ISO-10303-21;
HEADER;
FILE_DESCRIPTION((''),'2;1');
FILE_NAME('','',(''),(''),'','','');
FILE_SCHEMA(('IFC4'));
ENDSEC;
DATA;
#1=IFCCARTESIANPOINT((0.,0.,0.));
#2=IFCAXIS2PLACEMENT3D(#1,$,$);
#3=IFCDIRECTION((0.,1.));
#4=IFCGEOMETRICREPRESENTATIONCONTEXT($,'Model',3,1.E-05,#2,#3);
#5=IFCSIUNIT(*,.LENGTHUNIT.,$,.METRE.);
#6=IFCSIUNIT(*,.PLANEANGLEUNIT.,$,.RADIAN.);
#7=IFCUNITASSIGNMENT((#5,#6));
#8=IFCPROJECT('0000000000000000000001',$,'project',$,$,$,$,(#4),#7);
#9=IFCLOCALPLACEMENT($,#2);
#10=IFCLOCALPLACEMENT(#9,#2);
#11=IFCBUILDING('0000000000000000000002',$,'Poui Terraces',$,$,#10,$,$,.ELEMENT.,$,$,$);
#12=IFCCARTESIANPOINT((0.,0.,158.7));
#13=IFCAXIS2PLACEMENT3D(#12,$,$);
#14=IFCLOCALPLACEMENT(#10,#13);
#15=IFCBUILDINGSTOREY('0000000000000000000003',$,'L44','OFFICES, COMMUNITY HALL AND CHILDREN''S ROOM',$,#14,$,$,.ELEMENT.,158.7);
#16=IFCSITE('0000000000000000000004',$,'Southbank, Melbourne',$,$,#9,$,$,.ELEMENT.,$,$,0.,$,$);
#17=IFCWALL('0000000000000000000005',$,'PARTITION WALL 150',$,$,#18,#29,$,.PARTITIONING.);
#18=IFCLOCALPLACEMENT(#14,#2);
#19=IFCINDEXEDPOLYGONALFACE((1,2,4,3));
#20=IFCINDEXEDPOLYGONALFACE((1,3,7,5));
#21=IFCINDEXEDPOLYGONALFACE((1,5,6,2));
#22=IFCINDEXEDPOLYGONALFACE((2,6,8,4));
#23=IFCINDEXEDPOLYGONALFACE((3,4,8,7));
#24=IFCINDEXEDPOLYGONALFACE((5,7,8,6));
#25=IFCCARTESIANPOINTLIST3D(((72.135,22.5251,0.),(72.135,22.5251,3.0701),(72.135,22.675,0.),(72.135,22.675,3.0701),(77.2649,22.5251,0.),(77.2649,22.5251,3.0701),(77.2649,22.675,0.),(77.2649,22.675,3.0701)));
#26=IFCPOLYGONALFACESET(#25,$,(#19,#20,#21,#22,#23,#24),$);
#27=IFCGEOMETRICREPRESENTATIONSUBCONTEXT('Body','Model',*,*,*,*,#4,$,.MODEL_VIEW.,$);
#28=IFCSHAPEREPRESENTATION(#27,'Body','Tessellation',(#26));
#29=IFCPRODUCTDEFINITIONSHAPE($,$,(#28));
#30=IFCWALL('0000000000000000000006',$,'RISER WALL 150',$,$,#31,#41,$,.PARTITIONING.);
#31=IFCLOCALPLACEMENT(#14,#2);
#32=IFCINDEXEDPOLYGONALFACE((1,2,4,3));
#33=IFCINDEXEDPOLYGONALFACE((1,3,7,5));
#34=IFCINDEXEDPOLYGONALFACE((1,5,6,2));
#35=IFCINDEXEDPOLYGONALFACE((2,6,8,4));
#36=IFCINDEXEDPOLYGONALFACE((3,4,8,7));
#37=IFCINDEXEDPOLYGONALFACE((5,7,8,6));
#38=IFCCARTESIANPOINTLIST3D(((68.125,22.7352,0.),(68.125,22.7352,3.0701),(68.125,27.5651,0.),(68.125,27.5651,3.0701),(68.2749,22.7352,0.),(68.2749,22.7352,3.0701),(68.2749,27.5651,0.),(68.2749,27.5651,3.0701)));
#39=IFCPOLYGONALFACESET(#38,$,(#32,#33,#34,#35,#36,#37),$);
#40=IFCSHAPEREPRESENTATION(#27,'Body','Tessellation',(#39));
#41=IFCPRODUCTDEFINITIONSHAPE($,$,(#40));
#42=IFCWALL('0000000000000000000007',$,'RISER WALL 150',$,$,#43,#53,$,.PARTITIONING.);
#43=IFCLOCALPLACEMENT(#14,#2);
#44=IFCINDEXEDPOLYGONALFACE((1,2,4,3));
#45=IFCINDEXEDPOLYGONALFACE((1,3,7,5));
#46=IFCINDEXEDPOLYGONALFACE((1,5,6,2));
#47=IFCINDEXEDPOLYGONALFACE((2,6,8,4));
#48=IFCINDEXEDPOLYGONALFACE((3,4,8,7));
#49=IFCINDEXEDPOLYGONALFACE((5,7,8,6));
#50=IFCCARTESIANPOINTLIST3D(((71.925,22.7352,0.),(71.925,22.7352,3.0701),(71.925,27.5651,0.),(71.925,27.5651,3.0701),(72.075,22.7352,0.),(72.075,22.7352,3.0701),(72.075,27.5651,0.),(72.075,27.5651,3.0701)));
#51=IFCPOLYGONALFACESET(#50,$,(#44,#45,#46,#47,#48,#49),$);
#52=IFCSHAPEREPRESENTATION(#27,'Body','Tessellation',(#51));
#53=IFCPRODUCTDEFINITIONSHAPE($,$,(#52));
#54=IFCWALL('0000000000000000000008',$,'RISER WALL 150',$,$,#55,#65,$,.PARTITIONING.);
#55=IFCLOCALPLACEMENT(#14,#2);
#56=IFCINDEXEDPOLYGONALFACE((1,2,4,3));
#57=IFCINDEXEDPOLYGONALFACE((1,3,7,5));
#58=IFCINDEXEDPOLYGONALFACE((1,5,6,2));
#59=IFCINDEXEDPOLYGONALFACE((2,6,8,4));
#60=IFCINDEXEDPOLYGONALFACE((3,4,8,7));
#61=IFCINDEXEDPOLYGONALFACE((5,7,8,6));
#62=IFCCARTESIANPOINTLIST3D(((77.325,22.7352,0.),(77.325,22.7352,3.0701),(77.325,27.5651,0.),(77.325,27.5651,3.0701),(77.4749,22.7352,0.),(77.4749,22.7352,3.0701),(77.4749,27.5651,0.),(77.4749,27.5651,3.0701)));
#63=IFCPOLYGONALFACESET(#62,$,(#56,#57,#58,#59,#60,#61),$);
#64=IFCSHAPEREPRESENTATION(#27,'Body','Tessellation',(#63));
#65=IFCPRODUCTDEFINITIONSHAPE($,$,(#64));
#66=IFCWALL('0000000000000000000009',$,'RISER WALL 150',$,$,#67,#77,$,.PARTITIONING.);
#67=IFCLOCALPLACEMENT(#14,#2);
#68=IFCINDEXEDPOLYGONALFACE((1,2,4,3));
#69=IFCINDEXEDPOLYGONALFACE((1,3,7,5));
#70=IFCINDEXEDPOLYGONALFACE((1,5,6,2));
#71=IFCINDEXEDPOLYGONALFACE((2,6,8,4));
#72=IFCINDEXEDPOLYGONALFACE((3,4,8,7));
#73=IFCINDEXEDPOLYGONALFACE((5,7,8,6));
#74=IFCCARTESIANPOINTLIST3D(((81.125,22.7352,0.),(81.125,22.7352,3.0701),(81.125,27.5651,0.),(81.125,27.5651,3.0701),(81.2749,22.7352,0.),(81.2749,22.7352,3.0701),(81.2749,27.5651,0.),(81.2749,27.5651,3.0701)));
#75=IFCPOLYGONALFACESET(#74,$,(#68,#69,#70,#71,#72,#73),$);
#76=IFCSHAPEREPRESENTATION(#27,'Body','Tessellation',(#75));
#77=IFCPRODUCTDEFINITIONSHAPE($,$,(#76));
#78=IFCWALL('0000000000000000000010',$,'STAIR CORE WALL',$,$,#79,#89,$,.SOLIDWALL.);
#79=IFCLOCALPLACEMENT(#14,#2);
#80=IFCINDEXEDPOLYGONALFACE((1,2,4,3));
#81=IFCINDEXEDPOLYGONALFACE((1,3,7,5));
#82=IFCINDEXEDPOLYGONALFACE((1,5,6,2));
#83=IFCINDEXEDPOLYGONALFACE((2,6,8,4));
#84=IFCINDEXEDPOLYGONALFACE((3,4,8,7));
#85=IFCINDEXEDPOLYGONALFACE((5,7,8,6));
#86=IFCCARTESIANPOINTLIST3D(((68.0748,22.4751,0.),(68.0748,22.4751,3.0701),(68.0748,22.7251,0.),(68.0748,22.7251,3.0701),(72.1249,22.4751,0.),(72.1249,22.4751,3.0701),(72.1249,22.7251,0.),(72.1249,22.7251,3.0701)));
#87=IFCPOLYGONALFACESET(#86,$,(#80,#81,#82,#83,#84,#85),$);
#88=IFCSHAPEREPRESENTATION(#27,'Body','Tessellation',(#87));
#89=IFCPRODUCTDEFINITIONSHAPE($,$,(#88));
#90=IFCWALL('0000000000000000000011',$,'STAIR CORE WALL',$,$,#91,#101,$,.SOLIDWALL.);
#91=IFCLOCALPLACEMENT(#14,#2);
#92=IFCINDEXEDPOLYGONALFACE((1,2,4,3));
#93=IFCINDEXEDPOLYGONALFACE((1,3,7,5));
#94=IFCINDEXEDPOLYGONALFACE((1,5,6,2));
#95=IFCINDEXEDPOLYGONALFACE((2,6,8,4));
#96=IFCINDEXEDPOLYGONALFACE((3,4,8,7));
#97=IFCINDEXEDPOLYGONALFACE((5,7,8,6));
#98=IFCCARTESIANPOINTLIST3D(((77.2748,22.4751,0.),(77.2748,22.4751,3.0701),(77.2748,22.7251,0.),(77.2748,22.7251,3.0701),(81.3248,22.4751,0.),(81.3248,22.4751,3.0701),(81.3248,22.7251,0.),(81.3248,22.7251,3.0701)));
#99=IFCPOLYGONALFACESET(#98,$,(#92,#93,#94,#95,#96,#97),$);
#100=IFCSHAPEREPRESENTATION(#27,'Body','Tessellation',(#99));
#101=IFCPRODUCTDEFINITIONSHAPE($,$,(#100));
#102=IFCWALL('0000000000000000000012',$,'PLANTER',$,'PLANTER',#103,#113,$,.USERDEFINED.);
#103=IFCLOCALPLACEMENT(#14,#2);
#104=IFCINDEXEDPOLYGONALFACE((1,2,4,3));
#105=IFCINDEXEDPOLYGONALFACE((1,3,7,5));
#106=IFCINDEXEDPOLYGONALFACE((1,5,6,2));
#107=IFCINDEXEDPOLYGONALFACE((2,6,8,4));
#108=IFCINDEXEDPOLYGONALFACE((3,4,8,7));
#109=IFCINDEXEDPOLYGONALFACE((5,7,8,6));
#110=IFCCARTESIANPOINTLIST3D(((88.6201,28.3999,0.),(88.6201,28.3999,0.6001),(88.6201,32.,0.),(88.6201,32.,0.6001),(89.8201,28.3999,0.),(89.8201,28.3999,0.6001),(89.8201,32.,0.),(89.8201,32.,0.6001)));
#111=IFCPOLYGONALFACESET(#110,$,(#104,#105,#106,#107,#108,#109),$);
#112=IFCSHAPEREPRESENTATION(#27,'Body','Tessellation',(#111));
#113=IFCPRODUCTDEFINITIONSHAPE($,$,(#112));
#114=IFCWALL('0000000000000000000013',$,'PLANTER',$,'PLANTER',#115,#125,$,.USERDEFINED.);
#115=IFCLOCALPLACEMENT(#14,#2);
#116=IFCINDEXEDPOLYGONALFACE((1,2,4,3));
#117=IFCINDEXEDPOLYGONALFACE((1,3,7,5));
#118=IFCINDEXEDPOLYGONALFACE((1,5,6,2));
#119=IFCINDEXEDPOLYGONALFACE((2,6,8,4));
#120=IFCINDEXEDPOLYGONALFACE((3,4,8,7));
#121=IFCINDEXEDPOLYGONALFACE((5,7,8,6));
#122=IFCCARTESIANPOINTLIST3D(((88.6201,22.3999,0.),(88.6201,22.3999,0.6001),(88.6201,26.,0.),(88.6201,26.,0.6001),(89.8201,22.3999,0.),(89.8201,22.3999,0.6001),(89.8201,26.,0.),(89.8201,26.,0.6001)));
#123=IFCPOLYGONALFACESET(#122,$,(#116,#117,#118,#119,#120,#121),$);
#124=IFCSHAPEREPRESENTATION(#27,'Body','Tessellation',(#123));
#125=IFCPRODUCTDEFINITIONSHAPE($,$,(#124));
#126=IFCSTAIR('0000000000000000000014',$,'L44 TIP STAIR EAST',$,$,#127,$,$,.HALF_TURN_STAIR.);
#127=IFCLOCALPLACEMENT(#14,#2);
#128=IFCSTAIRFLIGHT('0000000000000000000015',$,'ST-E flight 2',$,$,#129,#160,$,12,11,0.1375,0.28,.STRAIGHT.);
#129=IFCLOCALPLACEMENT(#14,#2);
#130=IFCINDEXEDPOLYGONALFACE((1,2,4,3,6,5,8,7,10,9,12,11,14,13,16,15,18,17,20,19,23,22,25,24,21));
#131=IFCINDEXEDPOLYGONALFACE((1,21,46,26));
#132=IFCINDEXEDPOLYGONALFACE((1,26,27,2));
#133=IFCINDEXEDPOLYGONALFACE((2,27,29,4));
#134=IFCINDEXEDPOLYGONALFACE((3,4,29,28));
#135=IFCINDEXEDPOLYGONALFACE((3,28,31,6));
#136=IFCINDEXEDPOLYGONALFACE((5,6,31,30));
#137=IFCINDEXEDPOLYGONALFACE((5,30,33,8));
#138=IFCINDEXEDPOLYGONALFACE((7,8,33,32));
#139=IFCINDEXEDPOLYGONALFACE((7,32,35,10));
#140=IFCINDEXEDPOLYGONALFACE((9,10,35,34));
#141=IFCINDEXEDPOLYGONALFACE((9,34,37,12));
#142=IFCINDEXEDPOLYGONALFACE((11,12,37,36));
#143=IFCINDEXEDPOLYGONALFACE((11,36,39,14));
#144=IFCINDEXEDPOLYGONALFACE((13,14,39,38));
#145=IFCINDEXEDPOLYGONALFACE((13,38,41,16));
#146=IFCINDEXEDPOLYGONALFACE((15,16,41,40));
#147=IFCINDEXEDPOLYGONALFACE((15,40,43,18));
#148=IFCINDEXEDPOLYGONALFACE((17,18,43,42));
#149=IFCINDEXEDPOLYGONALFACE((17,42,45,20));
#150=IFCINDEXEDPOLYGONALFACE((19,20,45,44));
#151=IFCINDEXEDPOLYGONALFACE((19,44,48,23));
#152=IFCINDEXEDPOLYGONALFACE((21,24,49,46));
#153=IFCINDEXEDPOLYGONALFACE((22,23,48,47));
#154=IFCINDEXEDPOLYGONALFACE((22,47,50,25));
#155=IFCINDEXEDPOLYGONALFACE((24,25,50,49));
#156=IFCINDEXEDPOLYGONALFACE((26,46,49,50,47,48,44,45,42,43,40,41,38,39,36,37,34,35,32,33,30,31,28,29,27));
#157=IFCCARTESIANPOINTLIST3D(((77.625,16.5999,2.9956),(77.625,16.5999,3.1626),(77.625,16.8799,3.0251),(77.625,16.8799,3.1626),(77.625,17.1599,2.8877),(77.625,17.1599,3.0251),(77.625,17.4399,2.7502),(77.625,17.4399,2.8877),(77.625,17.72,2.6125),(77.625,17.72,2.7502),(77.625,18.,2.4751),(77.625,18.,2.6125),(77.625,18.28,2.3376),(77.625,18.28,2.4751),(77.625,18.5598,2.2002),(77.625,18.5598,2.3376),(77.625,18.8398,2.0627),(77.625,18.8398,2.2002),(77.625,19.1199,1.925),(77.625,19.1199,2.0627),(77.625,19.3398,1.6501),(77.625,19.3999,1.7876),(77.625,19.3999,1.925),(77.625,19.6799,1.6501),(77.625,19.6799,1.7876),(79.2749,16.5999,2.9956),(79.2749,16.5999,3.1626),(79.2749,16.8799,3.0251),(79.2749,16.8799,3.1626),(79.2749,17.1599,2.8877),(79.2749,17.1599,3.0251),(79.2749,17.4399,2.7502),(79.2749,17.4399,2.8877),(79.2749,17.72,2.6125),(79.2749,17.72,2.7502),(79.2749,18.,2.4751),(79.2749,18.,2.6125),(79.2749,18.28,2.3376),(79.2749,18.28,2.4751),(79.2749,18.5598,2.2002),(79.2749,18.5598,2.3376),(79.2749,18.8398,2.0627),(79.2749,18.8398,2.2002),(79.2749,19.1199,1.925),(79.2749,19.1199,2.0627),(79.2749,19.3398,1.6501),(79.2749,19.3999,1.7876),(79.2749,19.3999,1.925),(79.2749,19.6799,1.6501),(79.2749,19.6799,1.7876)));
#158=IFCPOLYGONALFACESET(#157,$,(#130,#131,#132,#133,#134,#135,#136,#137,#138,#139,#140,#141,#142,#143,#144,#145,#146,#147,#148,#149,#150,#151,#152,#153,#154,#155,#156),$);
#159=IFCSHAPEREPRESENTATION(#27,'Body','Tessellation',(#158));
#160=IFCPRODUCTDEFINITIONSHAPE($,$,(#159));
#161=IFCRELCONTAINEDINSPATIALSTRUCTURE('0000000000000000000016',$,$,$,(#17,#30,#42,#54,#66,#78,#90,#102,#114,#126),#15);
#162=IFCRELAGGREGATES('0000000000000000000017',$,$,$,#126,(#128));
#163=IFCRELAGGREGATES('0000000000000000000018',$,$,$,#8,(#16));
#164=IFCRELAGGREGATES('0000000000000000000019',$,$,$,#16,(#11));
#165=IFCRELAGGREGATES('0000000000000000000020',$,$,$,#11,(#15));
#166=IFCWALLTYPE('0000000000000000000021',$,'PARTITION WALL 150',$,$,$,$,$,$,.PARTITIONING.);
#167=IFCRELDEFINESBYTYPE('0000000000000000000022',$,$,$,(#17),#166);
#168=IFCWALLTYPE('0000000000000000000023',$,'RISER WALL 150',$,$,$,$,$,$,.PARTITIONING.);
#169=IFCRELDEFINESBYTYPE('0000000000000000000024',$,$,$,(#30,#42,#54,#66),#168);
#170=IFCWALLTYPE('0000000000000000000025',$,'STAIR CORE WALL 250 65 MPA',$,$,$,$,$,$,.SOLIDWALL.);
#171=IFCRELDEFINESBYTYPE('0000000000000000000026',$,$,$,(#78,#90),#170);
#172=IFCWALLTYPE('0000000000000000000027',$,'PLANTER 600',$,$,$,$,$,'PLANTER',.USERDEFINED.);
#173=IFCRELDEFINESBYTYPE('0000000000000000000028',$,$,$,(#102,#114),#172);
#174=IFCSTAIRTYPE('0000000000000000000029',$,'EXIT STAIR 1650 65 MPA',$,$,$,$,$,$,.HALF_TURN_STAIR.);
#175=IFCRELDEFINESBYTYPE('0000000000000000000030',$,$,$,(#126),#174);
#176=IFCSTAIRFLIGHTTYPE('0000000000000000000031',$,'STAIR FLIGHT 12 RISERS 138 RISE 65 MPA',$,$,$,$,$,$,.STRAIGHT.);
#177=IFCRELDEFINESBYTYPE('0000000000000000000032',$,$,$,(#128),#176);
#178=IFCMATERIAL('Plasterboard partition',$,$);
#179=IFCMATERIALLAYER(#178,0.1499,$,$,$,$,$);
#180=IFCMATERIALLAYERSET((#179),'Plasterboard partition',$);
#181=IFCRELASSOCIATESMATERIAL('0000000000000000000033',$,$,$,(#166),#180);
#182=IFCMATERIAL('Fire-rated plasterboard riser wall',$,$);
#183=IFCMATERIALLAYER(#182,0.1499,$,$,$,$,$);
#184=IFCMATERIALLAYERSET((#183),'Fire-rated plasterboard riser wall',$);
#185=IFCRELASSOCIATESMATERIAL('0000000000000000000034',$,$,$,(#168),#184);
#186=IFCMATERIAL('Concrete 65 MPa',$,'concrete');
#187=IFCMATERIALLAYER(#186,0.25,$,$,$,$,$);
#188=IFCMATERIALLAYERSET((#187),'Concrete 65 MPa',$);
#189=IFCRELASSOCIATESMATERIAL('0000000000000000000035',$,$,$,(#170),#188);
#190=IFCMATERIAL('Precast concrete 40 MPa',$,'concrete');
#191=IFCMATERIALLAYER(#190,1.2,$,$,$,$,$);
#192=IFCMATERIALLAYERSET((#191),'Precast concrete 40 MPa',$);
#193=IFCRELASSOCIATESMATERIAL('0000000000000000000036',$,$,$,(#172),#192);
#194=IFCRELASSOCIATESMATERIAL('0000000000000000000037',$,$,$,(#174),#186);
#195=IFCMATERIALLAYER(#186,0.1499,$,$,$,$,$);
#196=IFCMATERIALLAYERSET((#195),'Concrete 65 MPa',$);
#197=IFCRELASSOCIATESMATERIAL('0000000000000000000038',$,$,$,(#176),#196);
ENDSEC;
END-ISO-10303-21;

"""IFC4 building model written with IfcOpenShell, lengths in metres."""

from ifc_helpers import new_model, si_unit, direction, frame, frame_2d, origin, place, context, subcontext, project, spatial, polyline, rectangle, outline, extrude, source, transform, mapped, material, layer, layer_set, type_object, element, aggregate, save


model = new_model("IFC4")

# Units and contexts
model_context = context("Model", 3, precision=1e-05, world=origin(), true_north=direction((0.0, 1.0)))
body_context = subcontext(model_context, "Body", "Model", "MODEL_VIEW")
ifc_project = project(units=[si_unit("LENGTHUNIT", "METRE"), si_unit("PLANEANGLEUNIT", "RADIAN")], contexts=[model_context])

# Site, building, storey
site_placement = place(None, origin())
site = spatial("IfcSite", under=ifc_project, at=site_placement, Name="Southbank, Melbourne", CompositionType="ELEMENT", RefElevation=0.0)
building_placement = place(site_placement, origin())
building = spatial("IfcBuilding", under=site, at=building_placement, Name="Poui Terraces", CompositionType="ELEMENT")
storey_placement = place(building_placement, frame((0.0, 0.0, 158.7)))
storey = spatial("IfcBuildingStorey", under=building, at=storey_placement, Name="L44", Description="OFFICES, COMMUNITY HALL AND CHILDREN'S ROOM", CompositionType="ELEMENT", Elevation=158.7)

# Walls
ifc_material_1 = material(Name="Plasterboard partition")
ifc_layer_1 = layer(ifc_material_1, 0.1499)
ifc_layer_set_1 = layer_set([ifc_layer_1], Name="Plasterboard partition")
wall_type_1 = type_object("IfcWallType", Name="PARTITION WALL 150", PredefinedType="PARTITIONING", material=ifc_layer_set_1)
wall_placement = place(storey_placement, frame((72.135, 22.6001, 0.0), z_axis=(0.0, 0.0, 1.0), x_axis=(1.0, 0.0, 0.0)))
element("IfcWall", 1, at=wall_placement, inside=storey, type_object=wall_type_1, Name="PARTITION WALL 150", PredefinedType="PARTITIONING", context=body_context, shape_type="SweptSolid", body=[
    extrude(rectangle(XDim=5.1299, YDim=0.1499, at=frame_2d((2.5649, 0.0))), origin(), (0.0, 0.0, 1.0), 3.0701),
])
ifc_material_2 = material(Name="Fire-rated plasterboard riser wall")
ifc_layer_2 = layer(ifc_material_2, 0.1499)
ifc_layer_set_2 = layer_set([ifc_layer_2], Name="Fire-rated plasterboard riser wall")
wall_type_2 = type_object("IfcWallType", Name="RISER WALL 150", PredefinedType="PARTITIONING", material=ifc_layer_set_2)
for number, where, z_axis, x_axis, name in (
    (2, (68.2, 22.7351, 0.0), (0.0, 0.0, 1.0), (0.0, 1.0, 0.0), "RISER WALL 150"),
    (3, (72.0, 22.7351, 0.0), (0.0, 0.0, 1.0), (0.0, 1.0, 0.0), "RISER WALL 150"),
    (4, (77.3999, 22.7351, 0.0), (0.0, 0.0, 1.0), (0.0, 1.0, 0.0), "RISER WALL 150"),
    (5, (81.2, 22.7351, 0.0), (0.0, 0.0, 1.0), (0.0, 1.0, 0.0), "RISER WALL 150"),
):
    element("IfcWall", number, at=place(storey_placement, frame(where, z_axis=z_axis, x_axis=x_axis)), inside=storey, type_object=wall_type_2, Name=name, PredefinedType="PARTITIONING", context=body_context, shape_type="SweptSolid", body=[
        extrude(rectangle(XDim=4.8298, YDim=0.1499, at=frame_2d((2.415, 0.0))), origin(), (0.0, 0.0, 1.0), 3.0701),
    ])
ifc_material_3 = material(Name="Concrete 65 MPa", Category="concrete")
ifc_layer_3 = layer(ifc_material_3, 0.25)
ifc_layer_set_3 = layer_set([ifc_layer_3], Name="Concrete 65 MPa")
wall_type_3 = type_object("IfcWallType", Name="STAIR CORE WALL 250 65 MPA", PredefinedType="SOLIDWALL", material=ifc_layer_set_3)
for number, where, z_axis, x_axis, name in (
    (6, (68.075, 22.6001, 0.0), (0.0, 0.0, 1.0), (1.0, 0.0, 0.0), "STAIR CORE WALL"),
    (7, (77.2749, 22.6001, 0.0), (0.0, 0.0, 1.0), (1.0, 0.0, 0.0), "STAIR CORE WALL"),
):
    element("IfcWall", number, at=place(storey_placement, frame(where, z_axis=z_axis, x_axis=x_axis)), inside=storey, type_object=wall_type_3, Name=name, PredefinedType="SOLIDWALL", context=body_context, shape_type="SweptSolid", body=[
        extrude(rectangle(XDim=4.05, YDim=0.25, at=frame_2d((2.0249, 0.0))), origin(), (0.0, 0.0, 1.0), 3.0701),
    ])
ifc_material_4 = material(Name="Precast concrete 40 MPa", Category="concrete")
ifc_layer_4 = layer(ifc_material_4, 1.2)
ifc_layer_set_4 = layer_set([ifc_layer_4], Name="Precast concrete 40 MPa")
wall_type_4 = type_object("IfcWallType", Name="PLANTER 600", ElementType="PLANTER", PredefinedType="USERDEFINED", material=ifc_layer_set_4)
shared_shape = source(origin(), body_context, "Body", "SweptSolid", [
    extrude(outline(polyline([(0.0, 0.0), (1.2, 0.0), (1.2, 3.6001), (0.0, 3.6001), (0.0, 0.0)])), origin(), (0.0, 0.0, 1.0), 0.6001),
])
for number, where, name in (
    (8, (88.6201, 28.3999, 0.0), "PLANTER"),
    (9, (88.6201, 22.3999, 0.0), "PLANTER"),
):
    element("IfcWall", number, at=place(storey_placement, frame(where)), inside=storey, type_object=wall_type_4, Name=name, ObjectType="PLANTER", PredefinedType="USERDEFINED", context=body_context, shape_type="MappedRepresentation", body=[
        mapped(shared_shape, transform((0.0, 0.0, 0.0))),
    ])

# Stair, stair flight
stair_type = type_object("IfcStairType", Name="EXIT STAIR 1650 65 MPA", PredefinedType="HALF_TURN_STAIR", material=ifc_material_3)
stair_placement = place(storey_placement, origin())
stair = element("IfcStair", 10, at=stair_placement, inside=storey, type_object=stair_type, Name="L44 TIP STAIR EAST", PredefinedType="HALF_TURN_STAIR")
ifc_layer_5 = layer(ifc_material_3, 0.1499)
ifc_layer_set_5 = layer_set([ifc_layer_5], Name="Concrete 65 MPa")
stair_flight_type = type_object("IfcStairFlightType", Name="STAIR FLIGHT 12 RISERS 138 RISE 65 MPA", PredefinedType="STRAIGHT", material=ifc_layer_set_5)
stair_flight_placement = place(storey_placement, frame((78.45, 19.6799, 1.6501), z_axis=(0.0, 0.0, 1.0), x_axis=(0.0, -1.0, 0.0)))
stair_flight = element("IfcStairFlight", 11, at=stair_flight_placement, type_object=stair_flight_type, Name="ST-E flight 2", NumberOfRisers=12, NumberOfTreads=11, PredefinedType="STRAIGHT", RiserHeight=0.1375, TreadLength=0.28, context=body_context, shape_type="SweptSolid", body=[
    extrude(outline(polyline([(0.0, 0.0), (0.0, 0.1375), (0.28, 0.1375), (0.28, 0.2749), (0.5601, 0.2749), (0.5601, 0.4126), (0.8401, 0.4126), (0.8401, 0.55), (1.1201, 0.55), (1.1201, 0.6875), (1.3999, 0.6875), (1.3999, 0.825), (1.6799, 0.825), (1.6799, 0.9624), (1.96, 0.9624), (1.96, 1.1001), (2.24, 1.1001), (2.24, 1.2375), (2.52, 1.2375), (2.52, 1.375), (2.8, 1.375), (2.8, 1.5125), (3.0801, 1.5125), (3.0801, 1.6499), (3.0801, 1.3455), (0.3401, 0.0), (0.0, 0.0)])), frame((0.0, 0.825, 0.0), z_axis=(0.0, -1.0, 0.0), x_axis=(1.0, 0.0, 0.0)), (0.0, 0.0, 1.0), 1.6499),
])
aggregate(stair, [stair_flight])

save(model, "model.ifc")
